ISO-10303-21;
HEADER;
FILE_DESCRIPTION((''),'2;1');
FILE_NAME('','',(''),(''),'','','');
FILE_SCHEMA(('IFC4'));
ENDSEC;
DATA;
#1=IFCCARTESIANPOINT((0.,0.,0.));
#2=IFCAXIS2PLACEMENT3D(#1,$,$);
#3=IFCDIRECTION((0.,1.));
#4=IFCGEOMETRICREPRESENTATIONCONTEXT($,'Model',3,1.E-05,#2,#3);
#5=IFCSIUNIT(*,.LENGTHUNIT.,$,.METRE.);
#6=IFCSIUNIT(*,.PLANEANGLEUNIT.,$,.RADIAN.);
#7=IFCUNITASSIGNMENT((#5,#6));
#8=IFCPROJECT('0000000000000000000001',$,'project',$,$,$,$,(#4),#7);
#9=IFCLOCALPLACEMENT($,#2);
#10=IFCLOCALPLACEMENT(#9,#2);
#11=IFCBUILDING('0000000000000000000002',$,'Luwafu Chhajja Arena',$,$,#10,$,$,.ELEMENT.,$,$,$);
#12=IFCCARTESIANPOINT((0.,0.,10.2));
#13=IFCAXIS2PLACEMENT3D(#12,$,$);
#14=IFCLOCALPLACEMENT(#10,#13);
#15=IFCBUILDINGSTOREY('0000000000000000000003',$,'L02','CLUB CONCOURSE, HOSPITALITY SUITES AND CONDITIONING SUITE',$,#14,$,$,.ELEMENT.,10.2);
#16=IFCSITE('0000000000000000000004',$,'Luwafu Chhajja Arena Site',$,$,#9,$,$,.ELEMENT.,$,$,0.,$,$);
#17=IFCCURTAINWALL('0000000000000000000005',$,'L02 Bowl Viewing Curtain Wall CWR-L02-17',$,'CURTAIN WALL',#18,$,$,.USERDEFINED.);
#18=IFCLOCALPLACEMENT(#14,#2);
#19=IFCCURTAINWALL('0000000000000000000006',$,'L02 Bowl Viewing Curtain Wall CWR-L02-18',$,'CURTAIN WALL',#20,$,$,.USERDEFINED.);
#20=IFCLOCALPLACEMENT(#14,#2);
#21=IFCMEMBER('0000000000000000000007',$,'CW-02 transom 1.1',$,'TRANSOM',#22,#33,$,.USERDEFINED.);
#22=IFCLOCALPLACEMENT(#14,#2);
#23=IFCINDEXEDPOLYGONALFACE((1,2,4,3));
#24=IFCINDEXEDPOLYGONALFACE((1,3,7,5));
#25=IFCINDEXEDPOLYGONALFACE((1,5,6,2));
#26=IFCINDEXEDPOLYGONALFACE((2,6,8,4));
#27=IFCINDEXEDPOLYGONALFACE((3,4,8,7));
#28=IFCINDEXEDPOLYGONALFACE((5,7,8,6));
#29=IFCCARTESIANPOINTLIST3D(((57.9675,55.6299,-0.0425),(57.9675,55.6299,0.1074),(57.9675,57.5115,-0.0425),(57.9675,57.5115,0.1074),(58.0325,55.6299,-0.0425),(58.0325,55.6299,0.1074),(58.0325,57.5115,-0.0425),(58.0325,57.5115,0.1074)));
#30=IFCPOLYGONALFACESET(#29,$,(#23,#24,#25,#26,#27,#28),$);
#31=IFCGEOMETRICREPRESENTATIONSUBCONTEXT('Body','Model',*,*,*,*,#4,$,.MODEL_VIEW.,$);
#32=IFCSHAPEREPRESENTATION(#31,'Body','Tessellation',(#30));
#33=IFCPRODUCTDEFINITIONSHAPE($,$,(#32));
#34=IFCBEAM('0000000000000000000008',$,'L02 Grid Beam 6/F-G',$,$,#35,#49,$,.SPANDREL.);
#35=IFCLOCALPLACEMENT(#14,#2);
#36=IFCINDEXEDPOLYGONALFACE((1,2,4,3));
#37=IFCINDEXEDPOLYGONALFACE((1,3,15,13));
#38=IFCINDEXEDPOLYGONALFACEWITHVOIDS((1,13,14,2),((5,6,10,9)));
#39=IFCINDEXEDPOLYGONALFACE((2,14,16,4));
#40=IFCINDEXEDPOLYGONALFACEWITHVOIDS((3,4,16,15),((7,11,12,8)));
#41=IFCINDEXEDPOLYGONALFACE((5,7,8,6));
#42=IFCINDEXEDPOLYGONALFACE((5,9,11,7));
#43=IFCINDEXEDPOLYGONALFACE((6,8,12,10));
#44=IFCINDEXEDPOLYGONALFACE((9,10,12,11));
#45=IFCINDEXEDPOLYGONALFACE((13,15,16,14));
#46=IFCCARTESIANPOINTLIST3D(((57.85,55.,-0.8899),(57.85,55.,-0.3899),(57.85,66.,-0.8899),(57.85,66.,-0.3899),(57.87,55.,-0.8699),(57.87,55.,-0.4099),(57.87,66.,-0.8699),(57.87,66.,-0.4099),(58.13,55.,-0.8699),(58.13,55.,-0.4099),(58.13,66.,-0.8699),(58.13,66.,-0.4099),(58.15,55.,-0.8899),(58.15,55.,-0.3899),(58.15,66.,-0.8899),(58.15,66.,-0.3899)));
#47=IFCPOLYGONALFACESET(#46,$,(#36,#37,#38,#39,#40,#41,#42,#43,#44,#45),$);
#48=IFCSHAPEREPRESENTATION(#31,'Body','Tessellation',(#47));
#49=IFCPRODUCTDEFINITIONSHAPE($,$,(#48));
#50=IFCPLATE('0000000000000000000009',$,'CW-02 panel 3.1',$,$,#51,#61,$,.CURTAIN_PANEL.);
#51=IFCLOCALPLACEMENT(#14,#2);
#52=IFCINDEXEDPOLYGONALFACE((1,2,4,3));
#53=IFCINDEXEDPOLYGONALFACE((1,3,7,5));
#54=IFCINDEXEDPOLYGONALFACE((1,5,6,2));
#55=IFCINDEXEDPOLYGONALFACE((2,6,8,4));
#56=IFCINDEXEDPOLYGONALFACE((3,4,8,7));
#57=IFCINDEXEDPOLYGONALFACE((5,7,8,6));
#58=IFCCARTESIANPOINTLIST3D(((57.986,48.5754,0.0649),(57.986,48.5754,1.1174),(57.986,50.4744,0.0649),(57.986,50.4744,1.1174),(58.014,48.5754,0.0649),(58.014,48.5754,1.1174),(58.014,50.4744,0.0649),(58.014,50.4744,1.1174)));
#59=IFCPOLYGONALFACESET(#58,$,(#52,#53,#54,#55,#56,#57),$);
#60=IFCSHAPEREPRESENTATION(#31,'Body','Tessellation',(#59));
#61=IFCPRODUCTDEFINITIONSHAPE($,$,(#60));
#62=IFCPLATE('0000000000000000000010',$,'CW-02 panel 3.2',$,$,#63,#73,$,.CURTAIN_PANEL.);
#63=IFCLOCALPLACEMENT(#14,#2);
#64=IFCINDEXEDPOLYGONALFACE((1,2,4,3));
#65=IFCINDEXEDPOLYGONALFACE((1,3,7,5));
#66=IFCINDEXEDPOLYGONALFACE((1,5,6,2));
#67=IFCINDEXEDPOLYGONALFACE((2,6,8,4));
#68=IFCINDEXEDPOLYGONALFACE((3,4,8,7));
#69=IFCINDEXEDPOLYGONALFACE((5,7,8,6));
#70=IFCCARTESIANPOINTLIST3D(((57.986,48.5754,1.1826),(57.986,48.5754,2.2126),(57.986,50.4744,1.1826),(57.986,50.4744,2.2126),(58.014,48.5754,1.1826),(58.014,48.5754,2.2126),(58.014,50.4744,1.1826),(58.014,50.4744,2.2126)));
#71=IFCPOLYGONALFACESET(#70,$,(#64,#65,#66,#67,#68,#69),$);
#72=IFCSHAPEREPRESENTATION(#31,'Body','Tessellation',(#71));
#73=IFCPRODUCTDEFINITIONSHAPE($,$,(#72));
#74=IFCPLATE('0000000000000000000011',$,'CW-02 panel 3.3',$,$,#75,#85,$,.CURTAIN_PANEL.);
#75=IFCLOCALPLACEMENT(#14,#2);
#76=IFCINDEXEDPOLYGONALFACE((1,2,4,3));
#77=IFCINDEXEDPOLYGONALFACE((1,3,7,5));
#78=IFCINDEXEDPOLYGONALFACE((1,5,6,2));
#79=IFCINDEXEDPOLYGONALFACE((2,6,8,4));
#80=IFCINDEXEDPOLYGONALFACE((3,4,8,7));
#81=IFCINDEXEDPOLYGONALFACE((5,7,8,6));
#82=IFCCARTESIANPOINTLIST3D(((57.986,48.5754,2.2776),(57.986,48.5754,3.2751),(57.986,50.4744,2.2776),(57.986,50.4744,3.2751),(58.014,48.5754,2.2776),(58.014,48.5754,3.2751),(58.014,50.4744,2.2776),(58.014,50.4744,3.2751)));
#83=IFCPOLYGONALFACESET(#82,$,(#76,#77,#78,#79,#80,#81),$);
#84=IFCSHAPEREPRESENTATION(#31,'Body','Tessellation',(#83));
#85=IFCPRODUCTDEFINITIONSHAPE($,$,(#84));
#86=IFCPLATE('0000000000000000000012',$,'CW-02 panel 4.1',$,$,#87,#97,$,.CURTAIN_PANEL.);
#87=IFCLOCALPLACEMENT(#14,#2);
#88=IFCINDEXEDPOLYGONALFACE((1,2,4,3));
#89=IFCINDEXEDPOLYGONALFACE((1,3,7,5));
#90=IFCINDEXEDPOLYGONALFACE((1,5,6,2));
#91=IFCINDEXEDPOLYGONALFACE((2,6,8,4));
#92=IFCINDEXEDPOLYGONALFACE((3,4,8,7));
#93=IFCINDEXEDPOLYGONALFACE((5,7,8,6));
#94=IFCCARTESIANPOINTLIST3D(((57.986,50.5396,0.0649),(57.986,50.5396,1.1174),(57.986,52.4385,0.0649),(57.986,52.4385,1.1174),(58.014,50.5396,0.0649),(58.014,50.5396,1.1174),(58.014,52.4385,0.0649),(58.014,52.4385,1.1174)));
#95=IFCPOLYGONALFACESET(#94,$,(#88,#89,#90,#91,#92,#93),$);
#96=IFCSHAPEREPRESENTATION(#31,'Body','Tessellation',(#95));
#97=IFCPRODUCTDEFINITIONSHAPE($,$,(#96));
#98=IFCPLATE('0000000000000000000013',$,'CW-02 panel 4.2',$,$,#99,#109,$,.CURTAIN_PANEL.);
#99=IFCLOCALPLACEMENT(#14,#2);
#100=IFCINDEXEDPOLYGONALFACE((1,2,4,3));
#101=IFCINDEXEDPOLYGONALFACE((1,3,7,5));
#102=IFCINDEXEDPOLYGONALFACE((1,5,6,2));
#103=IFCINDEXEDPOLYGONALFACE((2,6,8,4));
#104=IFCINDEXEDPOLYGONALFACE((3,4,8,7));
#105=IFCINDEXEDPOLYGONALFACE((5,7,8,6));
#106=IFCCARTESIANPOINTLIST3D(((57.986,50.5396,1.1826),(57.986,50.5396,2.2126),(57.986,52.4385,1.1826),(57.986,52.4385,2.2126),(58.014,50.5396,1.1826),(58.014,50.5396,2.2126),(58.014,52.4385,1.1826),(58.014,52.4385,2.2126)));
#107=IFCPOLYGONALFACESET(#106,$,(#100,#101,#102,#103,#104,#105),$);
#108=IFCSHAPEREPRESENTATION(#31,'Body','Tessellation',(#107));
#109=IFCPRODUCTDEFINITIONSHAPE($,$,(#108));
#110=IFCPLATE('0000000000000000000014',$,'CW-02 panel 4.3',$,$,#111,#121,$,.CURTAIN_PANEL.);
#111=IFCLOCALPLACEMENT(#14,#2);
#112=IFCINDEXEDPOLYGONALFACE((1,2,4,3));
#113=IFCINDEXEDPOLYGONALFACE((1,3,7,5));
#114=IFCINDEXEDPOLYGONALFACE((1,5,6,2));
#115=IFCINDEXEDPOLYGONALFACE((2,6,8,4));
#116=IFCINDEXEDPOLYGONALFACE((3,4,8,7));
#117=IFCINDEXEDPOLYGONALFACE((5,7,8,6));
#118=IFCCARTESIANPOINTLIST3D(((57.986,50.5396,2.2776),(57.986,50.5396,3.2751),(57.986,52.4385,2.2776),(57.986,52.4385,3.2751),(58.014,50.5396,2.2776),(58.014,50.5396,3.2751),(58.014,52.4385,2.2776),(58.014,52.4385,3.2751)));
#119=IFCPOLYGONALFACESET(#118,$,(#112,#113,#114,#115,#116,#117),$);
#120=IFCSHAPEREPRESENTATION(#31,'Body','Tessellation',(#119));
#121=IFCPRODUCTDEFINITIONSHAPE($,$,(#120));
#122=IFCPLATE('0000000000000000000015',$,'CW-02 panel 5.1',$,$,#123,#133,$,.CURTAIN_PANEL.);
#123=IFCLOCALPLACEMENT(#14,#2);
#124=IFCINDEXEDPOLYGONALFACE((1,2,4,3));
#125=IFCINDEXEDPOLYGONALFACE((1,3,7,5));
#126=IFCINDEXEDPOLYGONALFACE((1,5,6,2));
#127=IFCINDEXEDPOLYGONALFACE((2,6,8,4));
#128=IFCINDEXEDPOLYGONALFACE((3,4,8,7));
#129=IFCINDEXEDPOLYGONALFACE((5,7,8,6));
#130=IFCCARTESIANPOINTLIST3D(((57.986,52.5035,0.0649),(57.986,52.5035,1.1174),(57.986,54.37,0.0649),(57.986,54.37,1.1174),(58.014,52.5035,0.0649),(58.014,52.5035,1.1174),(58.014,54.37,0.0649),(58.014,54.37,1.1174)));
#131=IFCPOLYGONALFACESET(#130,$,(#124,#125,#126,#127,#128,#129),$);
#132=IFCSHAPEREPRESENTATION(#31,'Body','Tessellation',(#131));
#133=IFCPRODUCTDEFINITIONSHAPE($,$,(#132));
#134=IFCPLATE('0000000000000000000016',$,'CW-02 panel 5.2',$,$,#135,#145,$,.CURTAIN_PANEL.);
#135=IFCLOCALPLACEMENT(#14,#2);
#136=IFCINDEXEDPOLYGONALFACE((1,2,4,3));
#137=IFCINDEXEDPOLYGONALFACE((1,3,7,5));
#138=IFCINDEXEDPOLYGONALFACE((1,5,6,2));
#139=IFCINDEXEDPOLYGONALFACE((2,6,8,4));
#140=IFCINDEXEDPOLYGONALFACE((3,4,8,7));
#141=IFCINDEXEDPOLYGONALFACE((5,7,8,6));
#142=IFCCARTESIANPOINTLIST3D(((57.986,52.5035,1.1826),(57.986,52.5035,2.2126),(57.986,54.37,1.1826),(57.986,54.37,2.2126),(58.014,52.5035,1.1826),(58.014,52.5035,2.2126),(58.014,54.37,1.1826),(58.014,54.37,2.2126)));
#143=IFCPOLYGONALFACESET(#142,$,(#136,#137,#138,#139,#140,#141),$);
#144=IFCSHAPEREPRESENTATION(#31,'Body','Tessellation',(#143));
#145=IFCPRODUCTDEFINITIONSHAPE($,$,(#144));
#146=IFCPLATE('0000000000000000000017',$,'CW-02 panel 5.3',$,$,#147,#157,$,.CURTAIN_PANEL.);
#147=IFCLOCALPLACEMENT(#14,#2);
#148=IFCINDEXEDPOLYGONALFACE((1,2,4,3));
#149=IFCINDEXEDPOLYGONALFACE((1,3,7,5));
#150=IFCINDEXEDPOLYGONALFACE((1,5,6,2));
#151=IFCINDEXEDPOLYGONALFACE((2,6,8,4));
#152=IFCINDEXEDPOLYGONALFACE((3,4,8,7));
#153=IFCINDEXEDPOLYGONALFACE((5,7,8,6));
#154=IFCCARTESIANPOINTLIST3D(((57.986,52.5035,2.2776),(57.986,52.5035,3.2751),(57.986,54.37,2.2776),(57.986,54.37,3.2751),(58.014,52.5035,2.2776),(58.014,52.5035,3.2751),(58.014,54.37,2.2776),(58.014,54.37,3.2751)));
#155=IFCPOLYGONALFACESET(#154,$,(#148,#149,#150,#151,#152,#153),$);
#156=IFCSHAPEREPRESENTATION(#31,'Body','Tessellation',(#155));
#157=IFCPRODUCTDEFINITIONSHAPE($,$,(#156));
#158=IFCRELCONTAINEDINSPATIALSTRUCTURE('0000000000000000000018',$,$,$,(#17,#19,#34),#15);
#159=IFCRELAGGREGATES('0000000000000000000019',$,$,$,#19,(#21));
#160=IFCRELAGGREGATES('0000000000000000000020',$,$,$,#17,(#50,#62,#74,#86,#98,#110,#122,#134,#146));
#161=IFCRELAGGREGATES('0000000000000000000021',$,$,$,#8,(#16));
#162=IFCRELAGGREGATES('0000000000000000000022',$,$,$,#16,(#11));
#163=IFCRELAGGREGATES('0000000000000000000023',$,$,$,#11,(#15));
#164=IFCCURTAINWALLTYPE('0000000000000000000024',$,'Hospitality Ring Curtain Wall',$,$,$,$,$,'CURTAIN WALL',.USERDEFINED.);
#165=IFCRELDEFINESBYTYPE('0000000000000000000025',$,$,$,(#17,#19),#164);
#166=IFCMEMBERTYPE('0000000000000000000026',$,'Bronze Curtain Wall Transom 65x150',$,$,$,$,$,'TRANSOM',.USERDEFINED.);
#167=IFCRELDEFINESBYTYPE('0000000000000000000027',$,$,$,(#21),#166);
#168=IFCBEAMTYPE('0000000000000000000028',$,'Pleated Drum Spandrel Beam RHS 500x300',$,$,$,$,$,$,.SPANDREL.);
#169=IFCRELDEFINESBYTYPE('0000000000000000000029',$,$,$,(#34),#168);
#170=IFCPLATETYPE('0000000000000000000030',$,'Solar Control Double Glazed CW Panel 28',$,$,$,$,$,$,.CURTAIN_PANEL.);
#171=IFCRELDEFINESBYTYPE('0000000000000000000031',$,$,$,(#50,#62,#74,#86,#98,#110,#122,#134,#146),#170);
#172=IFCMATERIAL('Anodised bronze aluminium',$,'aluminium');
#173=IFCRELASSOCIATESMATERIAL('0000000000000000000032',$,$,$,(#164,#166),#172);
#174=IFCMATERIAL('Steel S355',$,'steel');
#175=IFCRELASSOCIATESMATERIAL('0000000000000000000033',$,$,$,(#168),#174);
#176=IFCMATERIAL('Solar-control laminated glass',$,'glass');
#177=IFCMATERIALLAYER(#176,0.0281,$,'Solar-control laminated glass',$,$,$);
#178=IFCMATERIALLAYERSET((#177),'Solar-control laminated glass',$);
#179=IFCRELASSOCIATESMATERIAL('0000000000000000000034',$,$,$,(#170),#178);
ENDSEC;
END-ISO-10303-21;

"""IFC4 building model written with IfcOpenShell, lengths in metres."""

from ifc_helpers import new_model, si_unit, direction, frame, origin, origin_2d, place, context, subcontext, project, spatial, rectangle, hollow_rectangle, extrude, material, layer, layer_set, material_profile, profile_set, type_object, element, aggregate, save


model = new_model("IFC4")

# Units and contexts
model_context = context("Model", 3, precision=1e-05, world=origin(), true_north=direction((0.0, 1.0)))
body_context = subcontext(model_context, "Body", "Model", "MODEL_VIEW")
ifc_project = project(units=[si_unit("LENGTHUNIT", "METRE"), si_unit("PLANEANGLEUNIT", "RADIAN")], contexts=[model_context])

# Site, building, storey
site_placement = place(None, origin())
site = spatial("IfcSite", under=ifc_project, at=site_placement, Name="Luwafu Chhajja Arena Site", CompositionType="ELEMENT", RefElevation=0.0)
building_placement = place(site_placement, origin())
building = spatial("IfcBuilding", under=site, at=building_placement, Name="Luwafu Chhajja Arena", CompositionType="ELEMENT")
storey_placement = place(building_placement, frame((0.0, 0.0, 10.2)))
storey = spatial("IfcBuildingStorey", under=building, at=storey_placement, Name="L02", Description="CLUB CONCOURSE, HOSPITALITY SUITES AND CONDITIONING SUITE", CompositionType="ELEMENT", Elevation=10.2)

# Shared definitions
ifc_material_1 = material(Name="Steel S355", Category="steel")

# Curtain wall
ifc_material_2 = material(Name="Anodised bronze aluminium", Category="aluminium")
curtain_wall_type = type_object("IfcCurtainWallType", Name="Hospitality Ring Curtain Wall", ElementType="CURTAIN WALL", PredefinedType="USERDEFINED", material=ifc_material_2)
curtain_wall_1_placement = place(storey_placement, origin())
curtain_wall_1 = element("IfcCurtainWall", 1, at=curtain_wall_1_placement, inside=storey, type_object=curtain_wall_type, Name="L02 Bowl Viewing Curtain Wall CWR-L02-17", ObjectType="CURTAIN WALL", PredefinedType="USERDEFINED")

# Curtain wall
curtain_wall_2_placement = place(storey_placement, origin())
curtain_wall_2 = element("IfcCurtainWall", 2, at=curtain_wall_2_placement, inside=storey, type_object=curtain_wall_type, Name="L02 Bowl Viewing Curtain Wall CWR-L02-18", ObjectType="CURTAIN WALL", PredefinedType="USERDEFINED")

# Member
ifc_material_profile_1 = material_profile(ifc_material_2, rectangle(XDim=0.0649, YDim=0.1499, at=origin_2d()), Name="CWT 65x150")
ifc_profile_set_1 = profile_set([ifc_material_profile_1], Name="Anodised bronze aluminium")
member_type_1 = type_object("IfcMemberType", Name="Bronze Curtain Wall Transom 65x150", ElementType="TRANSOM", PredefinedType="USERDEFINED", material=ifc_profile_set_1)
member_1_placement = place(storey_placement, frame((58.0, 55.6299, 0.0325), z_axis=(0.0, 1.0, 0.0), x_axis=(-1.0, 0.0, 0.0)))
member_1 = element("IfcMember", 3, at=member_1_placement, type_object=member_type_1, Name="CW-02 transom 1.1", ObjectType="TRANSOM", PredefinedType="USERDEFINED", context=body_context, shape_type="SweptSolid", body=[
    extrude(rectangle(XDim=0.0649, YDim=0.1499, at=origin_2d()), origin(), (0.0, 0.0, 1.0), 1.8816),
])
aggregate(curtain_wall_2, [member_1])

# Beam
ifc_material_profile_2 = material_profile(ifc_material_1, hollow_rectangle(XDim=0.3, YDim=0.5, WallThickness=0.02, at=origin_2d()), Name="RHS 500x300x20")
ifc_profile_set_2 = profile_set([ifc_material_profile_2], Name="Steel S355")
beam_type = type_object("IfcBeamType", Name="Pleated Drum Spandrel Beam RHS 500x300", PredefinedType="SPANDREL", material=ifc_profile_set_2)
beam_placement = place(storey_placement, frame((58.0, 55.0, -0.6399), z_axis=(0.0, 1.0, 0.0), x_axis=(-1.0, 0.0, 0.0)))
element("IfcBeam", 4, at=beam_placement, inside=storey, type_object=beam_type, Name="L02 Grid Beam 6/F-G", PredefinedType="SPANDREL", context=body_context, shape_type="SweptSolid", body=[
    extrude(hollow_rectangle(XDim=0.3, YDim=0.5, WallThickness=0.02, at=origin_2d()), origin(), (0.0, 0.0, 1.0), 11.0),
])

# Plates
ifc_material_3 = material(Name="Solar-control laminated glass", Category="glass")
ifc_layer = layer(ifc_material_3, 0.0281, Name="Solar-control laminated glass")
ifc_layer_set = layer_set([ifc_layer], Name="Solar-control laminated glass")
plate_type = type_object("IfcPlateType", Name="Solar Control Double Glazed CW Panel 28", PredefinedType="CURTAIN_PANEL", material=ifc_layer_set)
plate_1_placement = place(storey_placement, frame((58.0, 49.5249, 0.0649), z_axis=(0.0, 0.0, 1.0), x_axis=(0.0, 1.0, 0.0)))
plate_1 = element("IfcPlate", 5, at=plate_1_placement, type_object=plate_type, Name="CW-02 panel 3.1", PredefinedType="CURTAIN_PANEL", context=body_context, shape_type="SweptSolid", body=[
    extrude(rectangle(XDim=1.8989, YDim=0.0281, at=origin_2d()), origin(), (0.0, 0.0, 1.0), 1.0525),
])
plate_2_placement = place(storey_placement, frame((58.0, 49.5249, 1.1826), z_axis=(0.0, 0.0, 1.0), x_axis=(0.0, 1.0, 0.0)))
plate_2 = element("IfcPlate", 6, at=plate_2_placement, type_object=plate_type, Name="CW-02 panel 3.2", PredefinedType="CURTAIN_PANEL", context=body_context, shape_type="SweptSolid", body=[
    extrude(rectangle(XDim=1.8989, YDim=0.0281, at=origin_2d()), origin(), (0.0, 0.0, 1.0), 1.03),
])
plate_3_placement = place(storey_placement, frame((58.0, 49.5249, 2.2776), z_axis=(0.0, 0.0, 1.0), x_axis=(0.0, 1.0, 0.0)))
plate_3 = element("IfcPlate", 7, at=plate_3_placement, type_object=plate_type, Name="CW-02 panel 3.3", PredefinedType="CURTAIN_PANEL", context=body_context, shape_type="SweptSolid", body=[
    extrude(rectangle(XDim=1.8989, YDim=0.0281, at=origin_2d()), origin(), (0.0, 0.0, 1.0), 0.9976),
])
plate_4_placement = place(storey_placement, frame((58.0, 51.489, 0.0649), z_axis=(0.0, 0.0, 1.0), x_axis=(0.0, 1.0, 0.0)))
plate_4 = element("IfcPlate", 8, at=plate_4_placement, type_object=plate_type, Name="CW-02 panel 4.1", PredefinedType="CURTAIN_PANEL", context=body_context, shape_type="SweptSolid", body=[
    extrude(rectangle(XDim=1.8989, YDim=0.0281, at=origin_2d()), origin(), (0.0, 0.0, 1.0), 1.0525),
])
plate_5_placement = place(storey_placement, frame((58.0, 51.489, 1.1826), z_axis=(0.0, 0.0, 1.0), x_axis=(0.0, 1.0, 0.0)))
plate_5 = element("IfcPlate", 9, at=plate_5_placement, type_object=plate_type, Name="CW-02 panel 4.2", PredefinedType="CURTAIN_PANEL", context=body_context, shape_type="SweptSolid", body=[
    extrude(rectangle(XDim=1.8989, YDim=0.0281, at=origin_2d()), origin(), (0.0, 0.0, 1.0), 1.03),
])
plate_6_placement = place(storey_placement, frame((58.0, 51.489, 2.2776), z_axis=(0.0, 0.0, 1.0), x_axis=(0.0, 1.0, 0.0)))
plate_6 = element("IfcPlate", 10, at=plate_6_placement, type_object=plate_type, Name="CW-02 panel 4.3", PredefinedType="CURTAIN_PANEL", context=body_context, shape_type="SweptSolid", body=[
    extrude(rectangle(XDim=1.8989, YDim=0.0281, at=origin_2d()), origin(), (0.0, 0.0, 1.0), 0.9976),
])
plate_7_placement = place(storey_placement, frame((58.0, 53.4368, 0.0649), z_axis=(0.0, 0.0, 1.0), x_axis=(0.0, 1.0, 0.0)))
plate_7 = element("IfcPlate", 11, at=plate_7_placement, type_object=plate_type, Name="CW-02 panel 5.1", PredefinedType="CURTAIN_PANEL", context=body_context, shape_type="SweptSolid", body=[
    extrude(rectangle(XDim=1.8665, YDim=0.0281, at=origin_2d()), origin(), (0.0, 0.0, 1.0), 1.0525),
])
plate_8_placement = place(storey_placement, frame((58.0, 53.4368, 1.1826), z_axis=(0.0, 0.0, 1.0), x_axis=(0.0, 1.0, 0.0)))
plate_8 = element("IfcPlate", 12, at=plate_8_placement, type_object=plate_type, Name="CW-02 panel 5.2", PredefinedType="CURTAIN_PANEL", context=body_context, shape_type="SweptSolid", body=[
    extrude(rectangle(XDim=1.8665, YDim=0.0281, at=origin_2d()), origin(), (0.0, 0.0, 1.0), 1.03),
])
plate_9_placement = place(storey_placement, frame((58.0, 53.4368, 2.2776), z_axis=(0.0, 0.0, 1.0), x_axis=(0.0, 1.0, 0.0)))
plate_9 = element("IfcPlate", 13, at=plate_9_placement, type_object=plate_type, Name="CW-02 panel 5.3", PredefinedType="CURTAIN_PANEL", context=body_context, shape_type="SweptSolid", body=[
    extrude(rectangle(XDim=1.8665, YDim=0.0281, at=origin_2d()), origin(), (0.0, 0.0, 1.0), 0.9976),
])
aggregate(curtain_wall_1, [plate_1, plate_2, plate_3, plate_4, plate_5, plate_6, plate_7, plate_8, plate_9])

save(model, "model.ifc")
